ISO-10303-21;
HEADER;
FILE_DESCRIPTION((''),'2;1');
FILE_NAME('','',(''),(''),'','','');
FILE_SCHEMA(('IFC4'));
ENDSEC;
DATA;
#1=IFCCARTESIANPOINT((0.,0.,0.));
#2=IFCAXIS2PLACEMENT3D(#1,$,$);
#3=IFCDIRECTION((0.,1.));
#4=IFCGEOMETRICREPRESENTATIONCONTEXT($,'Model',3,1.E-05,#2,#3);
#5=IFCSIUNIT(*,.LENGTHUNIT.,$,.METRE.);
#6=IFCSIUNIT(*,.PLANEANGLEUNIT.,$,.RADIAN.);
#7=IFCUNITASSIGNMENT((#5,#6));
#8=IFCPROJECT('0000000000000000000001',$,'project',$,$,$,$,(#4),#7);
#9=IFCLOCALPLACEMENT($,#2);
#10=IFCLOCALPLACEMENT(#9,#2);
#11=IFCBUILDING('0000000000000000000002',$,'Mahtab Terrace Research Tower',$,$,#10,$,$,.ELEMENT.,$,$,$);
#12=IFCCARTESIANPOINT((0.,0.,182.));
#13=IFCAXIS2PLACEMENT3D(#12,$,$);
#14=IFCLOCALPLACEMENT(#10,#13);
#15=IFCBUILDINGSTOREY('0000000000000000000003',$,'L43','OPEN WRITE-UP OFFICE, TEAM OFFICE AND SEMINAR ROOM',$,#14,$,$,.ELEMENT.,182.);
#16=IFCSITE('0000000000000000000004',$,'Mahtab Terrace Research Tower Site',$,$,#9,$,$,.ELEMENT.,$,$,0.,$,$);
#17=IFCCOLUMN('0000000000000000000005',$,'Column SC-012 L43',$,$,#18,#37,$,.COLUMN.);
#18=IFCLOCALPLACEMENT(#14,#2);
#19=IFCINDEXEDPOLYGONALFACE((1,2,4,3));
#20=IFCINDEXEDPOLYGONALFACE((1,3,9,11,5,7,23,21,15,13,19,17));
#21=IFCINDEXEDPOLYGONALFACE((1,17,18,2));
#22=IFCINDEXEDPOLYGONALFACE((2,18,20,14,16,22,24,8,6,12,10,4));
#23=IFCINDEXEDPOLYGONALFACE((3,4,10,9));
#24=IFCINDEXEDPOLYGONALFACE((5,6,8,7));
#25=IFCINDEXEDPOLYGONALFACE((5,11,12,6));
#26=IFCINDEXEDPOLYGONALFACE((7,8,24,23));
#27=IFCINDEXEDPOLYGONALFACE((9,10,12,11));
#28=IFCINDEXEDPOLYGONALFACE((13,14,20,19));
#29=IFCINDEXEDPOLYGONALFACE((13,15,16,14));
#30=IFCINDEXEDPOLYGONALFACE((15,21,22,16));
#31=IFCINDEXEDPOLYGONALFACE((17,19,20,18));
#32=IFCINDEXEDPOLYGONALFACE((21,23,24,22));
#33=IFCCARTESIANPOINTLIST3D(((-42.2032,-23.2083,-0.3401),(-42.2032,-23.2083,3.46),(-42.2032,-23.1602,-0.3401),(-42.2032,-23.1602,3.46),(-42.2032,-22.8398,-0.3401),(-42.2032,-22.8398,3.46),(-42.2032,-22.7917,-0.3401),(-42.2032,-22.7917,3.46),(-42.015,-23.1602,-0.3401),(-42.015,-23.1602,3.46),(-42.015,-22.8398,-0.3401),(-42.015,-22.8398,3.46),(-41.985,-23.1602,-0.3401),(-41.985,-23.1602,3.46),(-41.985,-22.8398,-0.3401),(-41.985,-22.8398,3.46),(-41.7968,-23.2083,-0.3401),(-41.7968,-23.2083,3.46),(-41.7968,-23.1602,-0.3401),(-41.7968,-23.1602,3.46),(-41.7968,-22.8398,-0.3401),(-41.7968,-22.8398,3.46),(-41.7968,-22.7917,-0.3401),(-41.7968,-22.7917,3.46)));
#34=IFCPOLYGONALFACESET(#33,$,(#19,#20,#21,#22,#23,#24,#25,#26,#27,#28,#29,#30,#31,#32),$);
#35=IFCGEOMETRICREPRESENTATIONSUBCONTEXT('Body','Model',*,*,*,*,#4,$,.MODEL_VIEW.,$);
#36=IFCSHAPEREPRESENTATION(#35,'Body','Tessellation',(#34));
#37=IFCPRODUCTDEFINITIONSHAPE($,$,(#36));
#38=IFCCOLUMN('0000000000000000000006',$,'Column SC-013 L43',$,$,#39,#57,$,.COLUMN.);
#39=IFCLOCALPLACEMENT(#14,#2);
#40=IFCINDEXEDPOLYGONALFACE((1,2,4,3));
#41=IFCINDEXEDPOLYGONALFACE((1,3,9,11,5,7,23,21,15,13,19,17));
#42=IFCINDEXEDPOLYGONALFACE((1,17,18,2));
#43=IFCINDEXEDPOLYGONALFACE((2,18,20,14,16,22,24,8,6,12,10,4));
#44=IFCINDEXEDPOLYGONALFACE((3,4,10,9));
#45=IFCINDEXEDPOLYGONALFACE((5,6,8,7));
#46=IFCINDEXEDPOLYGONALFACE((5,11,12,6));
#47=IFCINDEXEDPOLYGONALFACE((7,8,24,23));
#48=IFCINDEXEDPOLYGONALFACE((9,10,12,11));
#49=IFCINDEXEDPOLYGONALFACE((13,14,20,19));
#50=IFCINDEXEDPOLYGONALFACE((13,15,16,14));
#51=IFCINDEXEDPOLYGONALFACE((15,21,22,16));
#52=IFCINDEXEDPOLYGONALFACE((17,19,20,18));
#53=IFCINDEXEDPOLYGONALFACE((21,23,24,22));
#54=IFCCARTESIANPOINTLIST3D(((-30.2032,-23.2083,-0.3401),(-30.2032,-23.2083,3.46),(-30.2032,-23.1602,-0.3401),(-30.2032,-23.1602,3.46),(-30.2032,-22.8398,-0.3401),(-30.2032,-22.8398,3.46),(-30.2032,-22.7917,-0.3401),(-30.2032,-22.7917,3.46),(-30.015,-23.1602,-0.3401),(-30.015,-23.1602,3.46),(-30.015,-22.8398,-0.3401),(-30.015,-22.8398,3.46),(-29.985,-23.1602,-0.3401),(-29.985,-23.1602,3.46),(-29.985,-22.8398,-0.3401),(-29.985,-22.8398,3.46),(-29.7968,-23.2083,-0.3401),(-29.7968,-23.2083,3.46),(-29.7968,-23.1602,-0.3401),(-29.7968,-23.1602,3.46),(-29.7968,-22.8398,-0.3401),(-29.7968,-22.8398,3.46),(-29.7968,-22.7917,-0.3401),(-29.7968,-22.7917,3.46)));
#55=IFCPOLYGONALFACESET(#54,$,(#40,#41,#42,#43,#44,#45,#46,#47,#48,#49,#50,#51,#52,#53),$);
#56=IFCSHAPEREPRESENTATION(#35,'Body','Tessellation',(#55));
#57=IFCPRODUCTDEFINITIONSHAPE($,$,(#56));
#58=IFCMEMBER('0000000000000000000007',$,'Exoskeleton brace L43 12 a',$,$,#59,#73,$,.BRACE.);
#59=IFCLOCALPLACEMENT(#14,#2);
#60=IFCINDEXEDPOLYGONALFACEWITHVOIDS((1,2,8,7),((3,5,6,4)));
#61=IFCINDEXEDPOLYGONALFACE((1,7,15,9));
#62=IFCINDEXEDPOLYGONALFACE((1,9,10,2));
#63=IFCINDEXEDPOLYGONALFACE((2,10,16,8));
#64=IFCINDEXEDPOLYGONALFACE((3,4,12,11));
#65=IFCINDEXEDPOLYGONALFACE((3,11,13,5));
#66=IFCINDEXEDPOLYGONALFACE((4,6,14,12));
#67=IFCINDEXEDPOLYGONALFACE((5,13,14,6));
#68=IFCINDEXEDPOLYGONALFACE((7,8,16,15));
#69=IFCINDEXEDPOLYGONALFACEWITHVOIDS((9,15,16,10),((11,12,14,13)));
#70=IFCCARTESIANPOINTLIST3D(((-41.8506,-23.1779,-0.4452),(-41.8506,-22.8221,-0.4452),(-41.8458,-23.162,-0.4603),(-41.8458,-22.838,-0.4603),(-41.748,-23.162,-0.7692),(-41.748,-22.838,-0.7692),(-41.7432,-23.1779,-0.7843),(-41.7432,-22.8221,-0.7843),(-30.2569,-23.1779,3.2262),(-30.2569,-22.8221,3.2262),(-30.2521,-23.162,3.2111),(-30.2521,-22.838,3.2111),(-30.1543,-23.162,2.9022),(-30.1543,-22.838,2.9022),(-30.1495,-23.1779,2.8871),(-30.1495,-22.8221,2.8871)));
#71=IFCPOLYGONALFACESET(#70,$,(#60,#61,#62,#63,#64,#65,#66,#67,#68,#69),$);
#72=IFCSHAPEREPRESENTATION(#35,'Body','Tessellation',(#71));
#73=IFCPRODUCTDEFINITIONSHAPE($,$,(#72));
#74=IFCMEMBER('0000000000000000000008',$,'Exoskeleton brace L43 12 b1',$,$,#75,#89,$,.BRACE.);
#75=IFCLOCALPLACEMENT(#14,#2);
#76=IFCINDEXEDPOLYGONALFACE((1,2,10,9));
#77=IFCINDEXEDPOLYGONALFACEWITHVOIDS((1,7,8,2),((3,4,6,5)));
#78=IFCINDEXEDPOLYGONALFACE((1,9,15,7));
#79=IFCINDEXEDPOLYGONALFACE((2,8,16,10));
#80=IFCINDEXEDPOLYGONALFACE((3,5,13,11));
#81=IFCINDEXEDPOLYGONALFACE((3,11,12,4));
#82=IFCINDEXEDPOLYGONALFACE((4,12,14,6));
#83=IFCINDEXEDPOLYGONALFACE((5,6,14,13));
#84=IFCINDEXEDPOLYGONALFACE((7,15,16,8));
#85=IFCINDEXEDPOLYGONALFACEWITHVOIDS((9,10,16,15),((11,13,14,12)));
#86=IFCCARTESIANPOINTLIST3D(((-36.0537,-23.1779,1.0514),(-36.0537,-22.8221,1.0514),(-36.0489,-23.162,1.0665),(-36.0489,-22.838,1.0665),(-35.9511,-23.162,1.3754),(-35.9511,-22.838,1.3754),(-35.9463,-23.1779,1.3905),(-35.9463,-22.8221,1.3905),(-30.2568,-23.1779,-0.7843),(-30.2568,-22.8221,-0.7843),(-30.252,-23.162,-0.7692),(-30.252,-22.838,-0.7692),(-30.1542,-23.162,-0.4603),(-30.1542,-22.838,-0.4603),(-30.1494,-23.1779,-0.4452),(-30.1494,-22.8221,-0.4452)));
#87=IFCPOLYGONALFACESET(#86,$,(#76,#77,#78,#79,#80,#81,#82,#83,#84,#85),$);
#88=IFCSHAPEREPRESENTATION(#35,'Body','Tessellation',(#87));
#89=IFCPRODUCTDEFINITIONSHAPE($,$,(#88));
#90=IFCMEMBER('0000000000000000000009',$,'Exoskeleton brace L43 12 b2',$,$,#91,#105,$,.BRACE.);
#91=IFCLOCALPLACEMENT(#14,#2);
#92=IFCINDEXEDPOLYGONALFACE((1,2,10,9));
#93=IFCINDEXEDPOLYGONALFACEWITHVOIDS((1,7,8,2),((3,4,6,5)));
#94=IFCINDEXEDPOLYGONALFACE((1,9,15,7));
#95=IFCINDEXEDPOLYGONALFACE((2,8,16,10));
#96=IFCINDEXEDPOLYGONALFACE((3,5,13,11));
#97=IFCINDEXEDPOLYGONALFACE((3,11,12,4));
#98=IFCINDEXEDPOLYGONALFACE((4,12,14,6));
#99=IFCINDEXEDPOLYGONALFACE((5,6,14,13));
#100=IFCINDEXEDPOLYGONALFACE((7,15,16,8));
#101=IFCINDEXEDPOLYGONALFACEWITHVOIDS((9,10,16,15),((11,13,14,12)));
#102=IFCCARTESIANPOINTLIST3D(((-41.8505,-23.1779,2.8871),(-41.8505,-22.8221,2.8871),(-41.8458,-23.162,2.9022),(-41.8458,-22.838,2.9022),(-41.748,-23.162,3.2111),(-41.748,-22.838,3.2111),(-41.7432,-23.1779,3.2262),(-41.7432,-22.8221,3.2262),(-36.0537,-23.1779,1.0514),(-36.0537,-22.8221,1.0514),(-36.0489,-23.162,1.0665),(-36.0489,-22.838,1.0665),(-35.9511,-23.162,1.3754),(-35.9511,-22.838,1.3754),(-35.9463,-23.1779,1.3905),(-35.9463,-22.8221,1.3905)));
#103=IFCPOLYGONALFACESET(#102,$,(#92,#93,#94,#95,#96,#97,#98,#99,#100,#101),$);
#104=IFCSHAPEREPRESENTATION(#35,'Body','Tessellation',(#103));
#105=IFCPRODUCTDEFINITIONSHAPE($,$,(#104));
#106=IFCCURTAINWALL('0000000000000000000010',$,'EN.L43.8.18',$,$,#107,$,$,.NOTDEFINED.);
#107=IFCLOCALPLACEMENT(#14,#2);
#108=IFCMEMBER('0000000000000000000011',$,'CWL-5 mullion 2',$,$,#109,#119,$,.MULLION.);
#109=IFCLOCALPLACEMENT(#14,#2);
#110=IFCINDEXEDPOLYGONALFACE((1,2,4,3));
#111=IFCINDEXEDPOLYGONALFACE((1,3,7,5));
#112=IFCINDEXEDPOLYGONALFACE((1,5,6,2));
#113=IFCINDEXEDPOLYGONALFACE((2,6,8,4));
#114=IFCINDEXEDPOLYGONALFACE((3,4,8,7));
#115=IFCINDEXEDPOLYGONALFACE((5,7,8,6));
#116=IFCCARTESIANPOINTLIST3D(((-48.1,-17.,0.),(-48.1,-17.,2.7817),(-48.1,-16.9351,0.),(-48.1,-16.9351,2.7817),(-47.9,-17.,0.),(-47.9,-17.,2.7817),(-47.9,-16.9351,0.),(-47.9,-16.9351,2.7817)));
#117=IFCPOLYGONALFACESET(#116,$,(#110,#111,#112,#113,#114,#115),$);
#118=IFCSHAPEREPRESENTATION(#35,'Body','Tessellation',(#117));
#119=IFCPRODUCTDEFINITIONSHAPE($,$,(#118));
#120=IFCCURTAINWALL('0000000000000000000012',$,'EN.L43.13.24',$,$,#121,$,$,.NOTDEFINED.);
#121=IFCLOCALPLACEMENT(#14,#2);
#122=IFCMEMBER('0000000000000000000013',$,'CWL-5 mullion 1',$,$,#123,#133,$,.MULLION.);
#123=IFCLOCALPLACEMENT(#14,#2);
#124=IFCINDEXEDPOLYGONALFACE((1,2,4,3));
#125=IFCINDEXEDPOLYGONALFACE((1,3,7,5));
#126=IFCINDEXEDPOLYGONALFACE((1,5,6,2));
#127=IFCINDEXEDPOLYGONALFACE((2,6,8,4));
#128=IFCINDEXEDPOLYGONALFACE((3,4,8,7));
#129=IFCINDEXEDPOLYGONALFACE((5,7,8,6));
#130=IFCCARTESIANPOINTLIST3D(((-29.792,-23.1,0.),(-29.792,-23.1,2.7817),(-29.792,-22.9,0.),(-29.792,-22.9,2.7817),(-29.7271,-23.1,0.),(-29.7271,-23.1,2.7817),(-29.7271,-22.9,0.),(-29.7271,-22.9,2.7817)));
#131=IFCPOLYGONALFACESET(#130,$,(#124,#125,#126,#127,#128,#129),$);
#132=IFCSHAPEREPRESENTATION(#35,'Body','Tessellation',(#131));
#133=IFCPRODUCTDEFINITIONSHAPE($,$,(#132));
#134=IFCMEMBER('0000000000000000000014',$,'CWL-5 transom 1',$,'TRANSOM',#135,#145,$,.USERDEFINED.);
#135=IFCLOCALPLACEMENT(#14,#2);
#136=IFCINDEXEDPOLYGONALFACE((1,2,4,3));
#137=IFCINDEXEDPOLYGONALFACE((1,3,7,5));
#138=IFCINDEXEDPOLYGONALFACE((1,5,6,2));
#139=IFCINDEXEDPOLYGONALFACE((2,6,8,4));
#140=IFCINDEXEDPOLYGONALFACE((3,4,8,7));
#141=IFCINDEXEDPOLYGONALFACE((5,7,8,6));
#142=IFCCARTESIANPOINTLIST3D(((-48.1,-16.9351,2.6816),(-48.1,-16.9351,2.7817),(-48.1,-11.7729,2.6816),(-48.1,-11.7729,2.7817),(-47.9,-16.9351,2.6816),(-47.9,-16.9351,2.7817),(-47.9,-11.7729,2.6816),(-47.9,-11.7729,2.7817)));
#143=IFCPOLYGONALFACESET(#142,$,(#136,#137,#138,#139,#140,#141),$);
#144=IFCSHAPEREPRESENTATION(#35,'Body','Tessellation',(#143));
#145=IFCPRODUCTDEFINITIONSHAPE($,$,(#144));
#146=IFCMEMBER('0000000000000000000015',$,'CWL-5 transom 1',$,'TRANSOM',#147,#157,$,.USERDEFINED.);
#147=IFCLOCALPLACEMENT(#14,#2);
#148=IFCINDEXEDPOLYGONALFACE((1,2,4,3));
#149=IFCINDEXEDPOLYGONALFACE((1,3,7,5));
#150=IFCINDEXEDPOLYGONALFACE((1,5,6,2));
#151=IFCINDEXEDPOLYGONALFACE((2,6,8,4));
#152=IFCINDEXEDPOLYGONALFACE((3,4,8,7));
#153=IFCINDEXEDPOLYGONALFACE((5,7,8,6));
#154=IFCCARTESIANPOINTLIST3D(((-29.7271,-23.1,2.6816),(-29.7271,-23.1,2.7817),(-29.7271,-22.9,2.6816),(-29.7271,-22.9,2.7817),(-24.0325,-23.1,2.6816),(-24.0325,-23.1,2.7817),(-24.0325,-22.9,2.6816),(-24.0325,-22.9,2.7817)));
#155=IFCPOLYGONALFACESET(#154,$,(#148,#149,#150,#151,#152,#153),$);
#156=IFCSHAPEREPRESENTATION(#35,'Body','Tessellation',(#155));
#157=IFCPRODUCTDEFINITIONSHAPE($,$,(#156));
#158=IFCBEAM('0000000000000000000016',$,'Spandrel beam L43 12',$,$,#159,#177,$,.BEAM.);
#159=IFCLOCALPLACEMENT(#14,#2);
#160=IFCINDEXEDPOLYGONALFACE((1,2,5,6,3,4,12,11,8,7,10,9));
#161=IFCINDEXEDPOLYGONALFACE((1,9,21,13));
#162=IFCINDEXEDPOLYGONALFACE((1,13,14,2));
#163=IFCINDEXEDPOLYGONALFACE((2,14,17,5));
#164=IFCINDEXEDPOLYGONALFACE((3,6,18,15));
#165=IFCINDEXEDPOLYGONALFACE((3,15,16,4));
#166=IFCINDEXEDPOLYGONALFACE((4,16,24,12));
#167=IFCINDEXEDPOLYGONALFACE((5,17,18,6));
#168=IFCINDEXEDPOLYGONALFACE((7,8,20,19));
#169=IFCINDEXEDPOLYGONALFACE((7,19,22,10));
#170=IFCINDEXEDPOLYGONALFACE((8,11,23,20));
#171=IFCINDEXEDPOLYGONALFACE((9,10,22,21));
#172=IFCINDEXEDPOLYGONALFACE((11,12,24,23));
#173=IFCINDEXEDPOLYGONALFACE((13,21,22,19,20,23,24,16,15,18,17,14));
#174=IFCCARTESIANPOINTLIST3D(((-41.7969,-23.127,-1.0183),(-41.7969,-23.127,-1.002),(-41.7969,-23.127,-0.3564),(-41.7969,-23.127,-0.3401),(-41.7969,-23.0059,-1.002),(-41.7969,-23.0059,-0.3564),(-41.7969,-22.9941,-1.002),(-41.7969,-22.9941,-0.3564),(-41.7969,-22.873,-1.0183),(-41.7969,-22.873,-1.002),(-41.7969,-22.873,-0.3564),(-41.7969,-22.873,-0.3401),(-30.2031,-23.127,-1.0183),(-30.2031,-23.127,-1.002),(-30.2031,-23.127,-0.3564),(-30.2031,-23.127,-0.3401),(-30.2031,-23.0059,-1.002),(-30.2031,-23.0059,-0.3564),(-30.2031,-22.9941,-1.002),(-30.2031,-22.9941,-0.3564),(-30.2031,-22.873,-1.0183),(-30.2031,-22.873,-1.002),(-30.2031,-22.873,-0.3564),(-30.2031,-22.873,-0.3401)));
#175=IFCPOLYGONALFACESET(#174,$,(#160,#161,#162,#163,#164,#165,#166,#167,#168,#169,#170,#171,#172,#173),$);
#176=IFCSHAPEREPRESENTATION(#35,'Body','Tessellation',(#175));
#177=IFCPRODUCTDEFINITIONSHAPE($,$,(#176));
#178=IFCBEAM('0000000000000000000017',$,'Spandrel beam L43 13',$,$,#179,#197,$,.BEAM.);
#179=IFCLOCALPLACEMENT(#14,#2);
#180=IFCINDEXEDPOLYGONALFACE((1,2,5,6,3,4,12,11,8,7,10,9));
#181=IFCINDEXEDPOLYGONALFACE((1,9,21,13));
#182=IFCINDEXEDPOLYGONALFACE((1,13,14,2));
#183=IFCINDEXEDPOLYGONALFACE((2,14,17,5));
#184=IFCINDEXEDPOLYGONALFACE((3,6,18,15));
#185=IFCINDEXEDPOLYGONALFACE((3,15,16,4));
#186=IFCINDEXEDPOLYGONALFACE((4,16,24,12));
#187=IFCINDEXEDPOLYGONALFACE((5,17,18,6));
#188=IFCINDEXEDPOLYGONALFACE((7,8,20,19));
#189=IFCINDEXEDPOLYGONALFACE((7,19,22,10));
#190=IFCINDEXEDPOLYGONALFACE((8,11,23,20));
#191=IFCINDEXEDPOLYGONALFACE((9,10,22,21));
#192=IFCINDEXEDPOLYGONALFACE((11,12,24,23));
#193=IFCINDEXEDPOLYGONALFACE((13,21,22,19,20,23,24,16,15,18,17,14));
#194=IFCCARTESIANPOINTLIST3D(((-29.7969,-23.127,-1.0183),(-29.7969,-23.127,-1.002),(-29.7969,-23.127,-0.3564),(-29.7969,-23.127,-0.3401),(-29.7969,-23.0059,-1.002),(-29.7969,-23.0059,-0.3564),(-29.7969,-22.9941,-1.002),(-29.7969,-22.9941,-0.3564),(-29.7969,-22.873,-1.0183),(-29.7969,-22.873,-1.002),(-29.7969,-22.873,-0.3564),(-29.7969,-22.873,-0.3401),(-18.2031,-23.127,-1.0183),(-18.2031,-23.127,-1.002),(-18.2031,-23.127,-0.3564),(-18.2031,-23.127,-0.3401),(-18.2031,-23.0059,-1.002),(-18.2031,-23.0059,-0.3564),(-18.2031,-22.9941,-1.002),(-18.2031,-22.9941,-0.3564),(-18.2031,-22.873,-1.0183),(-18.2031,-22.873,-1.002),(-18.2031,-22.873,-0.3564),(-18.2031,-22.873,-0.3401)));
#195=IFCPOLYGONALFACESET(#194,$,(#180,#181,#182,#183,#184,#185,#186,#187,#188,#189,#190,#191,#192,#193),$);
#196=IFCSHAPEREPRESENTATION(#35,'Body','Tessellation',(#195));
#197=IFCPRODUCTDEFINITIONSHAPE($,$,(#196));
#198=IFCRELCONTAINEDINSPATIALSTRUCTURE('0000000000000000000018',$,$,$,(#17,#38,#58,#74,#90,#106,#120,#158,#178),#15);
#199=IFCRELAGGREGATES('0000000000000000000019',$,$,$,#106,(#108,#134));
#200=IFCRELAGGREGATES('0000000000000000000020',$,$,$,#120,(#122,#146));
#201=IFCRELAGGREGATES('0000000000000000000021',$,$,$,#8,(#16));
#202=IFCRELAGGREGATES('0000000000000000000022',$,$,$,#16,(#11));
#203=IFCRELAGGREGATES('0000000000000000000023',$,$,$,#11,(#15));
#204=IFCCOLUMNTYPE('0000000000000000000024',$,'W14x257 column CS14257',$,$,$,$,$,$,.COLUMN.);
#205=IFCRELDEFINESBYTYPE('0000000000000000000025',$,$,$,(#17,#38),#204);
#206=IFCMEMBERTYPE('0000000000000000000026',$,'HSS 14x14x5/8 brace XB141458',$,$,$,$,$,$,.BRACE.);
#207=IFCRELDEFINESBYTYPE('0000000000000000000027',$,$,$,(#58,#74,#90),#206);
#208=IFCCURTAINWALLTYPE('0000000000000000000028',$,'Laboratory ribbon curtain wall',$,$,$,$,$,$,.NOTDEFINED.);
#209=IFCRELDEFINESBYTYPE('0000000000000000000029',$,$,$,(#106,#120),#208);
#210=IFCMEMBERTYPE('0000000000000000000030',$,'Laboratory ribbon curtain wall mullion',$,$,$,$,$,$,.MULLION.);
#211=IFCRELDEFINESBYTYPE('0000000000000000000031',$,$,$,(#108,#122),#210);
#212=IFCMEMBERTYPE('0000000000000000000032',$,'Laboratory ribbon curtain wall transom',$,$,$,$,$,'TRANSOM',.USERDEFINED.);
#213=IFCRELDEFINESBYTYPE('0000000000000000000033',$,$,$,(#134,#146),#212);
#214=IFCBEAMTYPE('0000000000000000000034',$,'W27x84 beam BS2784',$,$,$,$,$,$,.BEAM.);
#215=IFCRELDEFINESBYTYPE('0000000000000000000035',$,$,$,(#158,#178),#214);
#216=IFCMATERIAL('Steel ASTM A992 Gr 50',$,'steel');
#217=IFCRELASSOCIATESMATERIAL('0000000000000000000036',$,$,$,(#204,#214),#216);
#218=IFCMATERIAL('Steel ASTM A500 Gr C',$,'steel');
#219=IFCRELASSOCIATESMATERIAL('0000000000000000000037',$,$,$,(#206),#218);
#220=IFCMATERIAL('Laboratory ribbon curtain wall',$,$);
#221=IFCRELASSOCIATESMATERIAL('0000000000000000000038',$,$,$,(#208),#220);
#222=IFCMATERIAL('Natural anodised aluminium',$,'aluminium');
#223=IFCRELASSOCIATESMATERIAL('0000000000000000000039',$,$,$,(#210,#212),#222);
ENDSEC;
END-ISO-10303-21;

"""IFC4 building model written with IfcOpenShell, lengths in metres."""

from ifc_helpers import new_model, si_unit, direction, frame, origin, origin_2d, place, context, subcontext, project, spatial, rectangle, hollow_rectangle, i_section, extrude, material, material_profile, profile_set, type_object, element, aggregate, save


model = new_model("IFC4")

# Units and contexts
model_context = context("Model", 3, precision=1e-05, world=origin(), true_north=direction((0.0, 1.0)))
body_context = subcontext(model_context, "Body", "Model", "MODEL_VIEW")
ifc_project = project(units=[si_unit("LENGTHUNIT", "METRE"), si_unit("PLANEANGLEUNIT", "RADIAN")], contexts=[model_context])

# Site, building, storey
site_placement = place(None, origin())
site = spatial("IfcSite", under=ifc_project, at=site_placement, Name="Mahtab Terrace Research Tower Site", CompositionType="ELEMENT", RefElevation=0.0)
building_placement = place(site_placement, origin())
building = spatial("IfcBuilding", under=site, at=building_placement, Name="Mahtab Terrace Research Tower", CompositionType="ELEMENT")
storey_placement = place(building_placement, frame((0.0, 0.0, 182.0)))
storey = spatial("IfcBuildingStorey", under=building, at=storey_placement, Name="L43", Description="OPEN WRITE-UP OFFICE, TEAM OFFICE AND SEMINAR ROOM", CompositionType="ELEMENT", Elevation=182.0)

# Columns
ifc_material_1 = material(Name="Steel ASTM A992 Gr 50", Category="steel")
ifc_material_profile_1 = material_profile(ifc_material_1, i_section(OverallWidth=0.4065, OverallDepth=0.4165, WebThickness=0.03, FlangeThickness=0.0481, at=origin_2d()), Name="W14X257")
ifc_profile_set_1 = profile_set([ifc_material_profile_1], Name="Steel ASTM A992 Gr 50")
column_type = type_object("IfcColumnType", Name="W14x257 column CS14257", PredefinedType="COLUMN", material=ifc_profile_set_1)
for number, where, z_axis, x_axis, name in (
    (1, (-42.0, -23.0, -0.3401), (0.0, 0.0, 1.0), (1.0, 0.0, 0.0), "Column SC-012 L43"),
    (2, (-30.0, -23.0, -0.3401), (0.0, 0.0, 1.0), (1.0, 0.0, 0.0), "Column SC-013 L43"),
):
    element("IfcColumn", number, at=place(storey_placement, frame(where, z_axis=z_axis, x_axis=x_axis)), inside=storey, type_object=column_type, Name=name, PredefinedType="COLUMN", context=body_context, shape_type="SweptSolid", body=[
        extrude(i_section(OverallWidth=0.4065, OverallDepth=0.4165, WebThickness=0.03, FlangeThickness=0.0481, at=origin_2d()), origin(), (0.0, 0.0, 1.0), 3.8),
    ])

# Members
ifc_material_2 = material(Name="Steel ASTM A500 Gr C", Category="steel")
ifc_material_profile_2 = material_profile(ifc_material_2, hollow_rectangle(XDim=0.3557, YDim=0.3557, WallThickness=0.0159, at=origin_2d()), Name="HSS14X14X5/8")
ifc_profile_set_2 = profile_set([ifc_material_profile_2], Name="Steel ASTM A500 Gr C")
member_type_1 = type_object("IfcMemberType", Name="HSS 14x14x5/8 brace XB141458", PredefinedType="BRACE", material=ifc_profile_set_2)
member_1_placement = place(storey_placement, frame((-41.7969, -23.0, -0.6147), z_axis=(0.953341, 0.0, 0.301894), x_axis=(0.0, 1.0, 0.0)))
element("IfcMember", 3, at=member_1_placement, inside=storey, type_object=member_type_1, Name="Exoskeleton brace L43 12 a", PredefinedType="BRACE", context=body_context, shape_type="SweptSolid", body=[
    extrude(hollow_rectangle(XDim=0.3557, YDim=0.3557, WallThickness=0.0159, at=origin_2d()), origin(), (0.0, 0.0, 1.0), 12.1611),
])
for number, where, z_axis, x_axis, name in (
    (4, (-30.2031, -23.0, -0.6147), (-0.953341, 0.0, 0.301894), (0.0, -1.0, 0.0), "Exoskeleton brace L43 12 b1"),
    (5, (-36.0, -23.0, 1.2209), (-0.953341, 0.0, 0.301894), (0.0, -1.0, 0.0), "Exoskeleton brace L43 12 b2"),
):
    element("IfcMember", number, at=place(storey_placement, frame(where, z_axis=z_axis, x_axis=x_axis)), inside=storey, type_object=member_type_1, Name=name, PredefinedType="BRACE", context=body_context, shape_type="SweptSolid", body=[
        extrude(hollow_rectangle(XDim=0.3557, YDim=0.3557, WallThickness=0.0159, at=origin_2d()), origin(), (0.0, 0.0, 1.0), 6.0806),
    ])

# Curtain walls, members
ifc_material_3 = material(Name="Laboratory ribbon curtain wall")
curtain_wall_type = type_object("IfcCurtainWallType", Name="Laboratory ribbon curtain wall", PredefinedType="NOTDEFINED", material=ifc_material_3)
curtain_wall_1_placement = place(storey_placement, origin())
curtain_wall_1 = element("IfcCurtainWall", 6, at=curtain_wall_1_placement, inside=storey, type_object=curtain_wall_type, Name="EN.L43.8.18", PredefinedType="NOTDEFINED")
ifc_material_4 = material(Name="Natural anodised aluminium", Category="aluminium")
ifc_material_profile_3 = material_profile(ifc_material_4, rectangle(XDim=0.2, YDim=0.0649, at=origin_2d()), Name="MULLION 65x200")
ifc_profile_set_3 = profile_set([ifc_material_profile_3], Name="Natural anodised aluminium")
member_type_2 = type_object("IfcMemberType", Name="Laboratory ribbon curtain wall mullion", PredefinedType="MULLION", material=ifc_profile_set_3)
member_2_placement = place(storey_placement, frame((-48.0, -16.9675, 0.0), z_axis=(0.0, 0.0, 1.0), x_axis=(1.0, 0.0, 0.0)))
member_2 = element("IfcMember", 7, at=member_2_placement, type_object=member_type_2, Name="CWL-5 mullion 2", PredefinedType="MULLION", context=body_context, shape_type="SweptSolid", body=[
    extrude(rectangle(XDim=0.2, YDim=0.0649, at=origin_2d()), origin(), (0.0, 0.0, 1.0), 2.7817),
])
curtain_wall_2_placement = place(storey_placement, origin())
curtain_wall_2 = element("IfcCurtainWall", 8, at=curtain_wall_2_placement, inside=storey, type_object=curtain_wall_type, Name="EN.L43.13.24", PredefinedType="NOTDEFINED")
member_3_placement = place(storey_placement, frame((-29.7595, -23.0, 0.0), z_axis=(0.0, 0.0, 1.0), x_axis=(0.0, 1.0, 0.0)))
member_3 = element("IfcMember", 9, at=member_3_placement, type_object=member_type_2, Name="CWL-5 mullion 1", PredefinedType="MULLION", context=body_context, shape_type="SweptSolid", body=[
    extrude(rectangle(XDim=0.2, YDim=0.0649, at=origin_2d()), origin(), (0.0, 0.0, 1.0), 2.7817),
])

# Members
ifc_material_profile_4 = material_profile(ifc_material_4, rectangle(XDim=0.2, YDim=0.1001, at=origin_2d()), Name="TRANSOM 100x200")
ifc_profile_set_4 = profile_set([ifc_material_profile_4], Name="Natural anodised aluminium")
member_type_3 = type_object("IfcMemberType", Name="Laboratory ribbon curtain wall transom", ElementType="TRANSOM", PredefinedType="USERDEFINED", material=ifc_profile_set_4)
member_4_placement = place(storey_placement, frame((-48.0, -11.7729, 2.7317), z_axis=(0.0, -1.0, 0.0), x_axis=(1.0, 0.0, 0.0)))
member_4 = element("IfcMember", 10, at=member_4_placement, type_object=member_type_3, Name="CWL-5 transom 1", ObjectType="TRANSOM", PredefinedType="USERDEFINED", context=body_context, shape_type="SweptSolid", body=[
    extrude(rectangle(XDim=0.2, YDim=0.1001, at=origin_2d()), origin(), (0.0, 0.0, 1.0), 5.1621),
])
member_5_placement = place(storey_placement, frame((-29.7271, -23.0, 2.7317), z_axis=(1.0, 0.0, 0.0), x_axis=(0.0, 1.0, 0.0)))
member_5 = element("IfcMember", 11, at=member_5_placement, type_object=member_type_3, Name="CWL-5 transom 1", ObjectType="TRANSOM", PredefinedType="USERDEFINED", context=body_context, shape_type="SweptSolid", body=[
    extrude(rectangle(XDim=0.2, YDim=0.1001, at=origin_2d()), origin(), (0.0, 0.0, 1.0), 5.6946),
])

# Beams
ifc_material_profile_5 = material_profile(ifc_material_1, i_section(OverallWidth=0.2539, OverallDepth=0.6782, WebThickness=0.0117, FlangeThickness=0.0164, at=origin_2d()), Name="W27X84")
ifc_profile_set_5 = profile_set([ifc_material_profile_5], Name="Steel ASTM A992 Gr 50")
beam_type = type_object("IfcBeamType", Name="W27x84 beam BS2784", PredefinedType="BEAM", material=ifc_profile_set_5)
for number, where, z_axis, x_axis, name in (
    (12, (-41.7969, -23.0, -0.6792), (1.0, 0.0, 0.0), (0.0, 1.0, 0.0), "Spandrel beam L43 12"),
    (13, (-29.7969, -23.0, -0.6792), (1.0, 0.0, 0.0), (0.0, 1.0, 0.0), "Spandrel beam L43 13"),
):
    element("IfcBeam", number, at=place(storey_placement, frame(where, z_axis=z_axis, x_axis=x_axis)), inside=storey, type_object=beam_type, Name=name, PredefinedType="BEAM", context=body_context, shape_type="SweptSolid", body=[
        extrude(i_section(OverallWidth=0.2539, OverallDepth=0.6782, WebThickness=0.0117, FlangeThickness=0.0164, at=origin_2d()), origin(), (0.0, 0.0, 1.0), 11.5938),
    ])

aggregate(curtain_wall_1, [member_2, member_4])
aggregate(curtain_wall_2, [member_3, member_5])

save(model, "model.ifc")
